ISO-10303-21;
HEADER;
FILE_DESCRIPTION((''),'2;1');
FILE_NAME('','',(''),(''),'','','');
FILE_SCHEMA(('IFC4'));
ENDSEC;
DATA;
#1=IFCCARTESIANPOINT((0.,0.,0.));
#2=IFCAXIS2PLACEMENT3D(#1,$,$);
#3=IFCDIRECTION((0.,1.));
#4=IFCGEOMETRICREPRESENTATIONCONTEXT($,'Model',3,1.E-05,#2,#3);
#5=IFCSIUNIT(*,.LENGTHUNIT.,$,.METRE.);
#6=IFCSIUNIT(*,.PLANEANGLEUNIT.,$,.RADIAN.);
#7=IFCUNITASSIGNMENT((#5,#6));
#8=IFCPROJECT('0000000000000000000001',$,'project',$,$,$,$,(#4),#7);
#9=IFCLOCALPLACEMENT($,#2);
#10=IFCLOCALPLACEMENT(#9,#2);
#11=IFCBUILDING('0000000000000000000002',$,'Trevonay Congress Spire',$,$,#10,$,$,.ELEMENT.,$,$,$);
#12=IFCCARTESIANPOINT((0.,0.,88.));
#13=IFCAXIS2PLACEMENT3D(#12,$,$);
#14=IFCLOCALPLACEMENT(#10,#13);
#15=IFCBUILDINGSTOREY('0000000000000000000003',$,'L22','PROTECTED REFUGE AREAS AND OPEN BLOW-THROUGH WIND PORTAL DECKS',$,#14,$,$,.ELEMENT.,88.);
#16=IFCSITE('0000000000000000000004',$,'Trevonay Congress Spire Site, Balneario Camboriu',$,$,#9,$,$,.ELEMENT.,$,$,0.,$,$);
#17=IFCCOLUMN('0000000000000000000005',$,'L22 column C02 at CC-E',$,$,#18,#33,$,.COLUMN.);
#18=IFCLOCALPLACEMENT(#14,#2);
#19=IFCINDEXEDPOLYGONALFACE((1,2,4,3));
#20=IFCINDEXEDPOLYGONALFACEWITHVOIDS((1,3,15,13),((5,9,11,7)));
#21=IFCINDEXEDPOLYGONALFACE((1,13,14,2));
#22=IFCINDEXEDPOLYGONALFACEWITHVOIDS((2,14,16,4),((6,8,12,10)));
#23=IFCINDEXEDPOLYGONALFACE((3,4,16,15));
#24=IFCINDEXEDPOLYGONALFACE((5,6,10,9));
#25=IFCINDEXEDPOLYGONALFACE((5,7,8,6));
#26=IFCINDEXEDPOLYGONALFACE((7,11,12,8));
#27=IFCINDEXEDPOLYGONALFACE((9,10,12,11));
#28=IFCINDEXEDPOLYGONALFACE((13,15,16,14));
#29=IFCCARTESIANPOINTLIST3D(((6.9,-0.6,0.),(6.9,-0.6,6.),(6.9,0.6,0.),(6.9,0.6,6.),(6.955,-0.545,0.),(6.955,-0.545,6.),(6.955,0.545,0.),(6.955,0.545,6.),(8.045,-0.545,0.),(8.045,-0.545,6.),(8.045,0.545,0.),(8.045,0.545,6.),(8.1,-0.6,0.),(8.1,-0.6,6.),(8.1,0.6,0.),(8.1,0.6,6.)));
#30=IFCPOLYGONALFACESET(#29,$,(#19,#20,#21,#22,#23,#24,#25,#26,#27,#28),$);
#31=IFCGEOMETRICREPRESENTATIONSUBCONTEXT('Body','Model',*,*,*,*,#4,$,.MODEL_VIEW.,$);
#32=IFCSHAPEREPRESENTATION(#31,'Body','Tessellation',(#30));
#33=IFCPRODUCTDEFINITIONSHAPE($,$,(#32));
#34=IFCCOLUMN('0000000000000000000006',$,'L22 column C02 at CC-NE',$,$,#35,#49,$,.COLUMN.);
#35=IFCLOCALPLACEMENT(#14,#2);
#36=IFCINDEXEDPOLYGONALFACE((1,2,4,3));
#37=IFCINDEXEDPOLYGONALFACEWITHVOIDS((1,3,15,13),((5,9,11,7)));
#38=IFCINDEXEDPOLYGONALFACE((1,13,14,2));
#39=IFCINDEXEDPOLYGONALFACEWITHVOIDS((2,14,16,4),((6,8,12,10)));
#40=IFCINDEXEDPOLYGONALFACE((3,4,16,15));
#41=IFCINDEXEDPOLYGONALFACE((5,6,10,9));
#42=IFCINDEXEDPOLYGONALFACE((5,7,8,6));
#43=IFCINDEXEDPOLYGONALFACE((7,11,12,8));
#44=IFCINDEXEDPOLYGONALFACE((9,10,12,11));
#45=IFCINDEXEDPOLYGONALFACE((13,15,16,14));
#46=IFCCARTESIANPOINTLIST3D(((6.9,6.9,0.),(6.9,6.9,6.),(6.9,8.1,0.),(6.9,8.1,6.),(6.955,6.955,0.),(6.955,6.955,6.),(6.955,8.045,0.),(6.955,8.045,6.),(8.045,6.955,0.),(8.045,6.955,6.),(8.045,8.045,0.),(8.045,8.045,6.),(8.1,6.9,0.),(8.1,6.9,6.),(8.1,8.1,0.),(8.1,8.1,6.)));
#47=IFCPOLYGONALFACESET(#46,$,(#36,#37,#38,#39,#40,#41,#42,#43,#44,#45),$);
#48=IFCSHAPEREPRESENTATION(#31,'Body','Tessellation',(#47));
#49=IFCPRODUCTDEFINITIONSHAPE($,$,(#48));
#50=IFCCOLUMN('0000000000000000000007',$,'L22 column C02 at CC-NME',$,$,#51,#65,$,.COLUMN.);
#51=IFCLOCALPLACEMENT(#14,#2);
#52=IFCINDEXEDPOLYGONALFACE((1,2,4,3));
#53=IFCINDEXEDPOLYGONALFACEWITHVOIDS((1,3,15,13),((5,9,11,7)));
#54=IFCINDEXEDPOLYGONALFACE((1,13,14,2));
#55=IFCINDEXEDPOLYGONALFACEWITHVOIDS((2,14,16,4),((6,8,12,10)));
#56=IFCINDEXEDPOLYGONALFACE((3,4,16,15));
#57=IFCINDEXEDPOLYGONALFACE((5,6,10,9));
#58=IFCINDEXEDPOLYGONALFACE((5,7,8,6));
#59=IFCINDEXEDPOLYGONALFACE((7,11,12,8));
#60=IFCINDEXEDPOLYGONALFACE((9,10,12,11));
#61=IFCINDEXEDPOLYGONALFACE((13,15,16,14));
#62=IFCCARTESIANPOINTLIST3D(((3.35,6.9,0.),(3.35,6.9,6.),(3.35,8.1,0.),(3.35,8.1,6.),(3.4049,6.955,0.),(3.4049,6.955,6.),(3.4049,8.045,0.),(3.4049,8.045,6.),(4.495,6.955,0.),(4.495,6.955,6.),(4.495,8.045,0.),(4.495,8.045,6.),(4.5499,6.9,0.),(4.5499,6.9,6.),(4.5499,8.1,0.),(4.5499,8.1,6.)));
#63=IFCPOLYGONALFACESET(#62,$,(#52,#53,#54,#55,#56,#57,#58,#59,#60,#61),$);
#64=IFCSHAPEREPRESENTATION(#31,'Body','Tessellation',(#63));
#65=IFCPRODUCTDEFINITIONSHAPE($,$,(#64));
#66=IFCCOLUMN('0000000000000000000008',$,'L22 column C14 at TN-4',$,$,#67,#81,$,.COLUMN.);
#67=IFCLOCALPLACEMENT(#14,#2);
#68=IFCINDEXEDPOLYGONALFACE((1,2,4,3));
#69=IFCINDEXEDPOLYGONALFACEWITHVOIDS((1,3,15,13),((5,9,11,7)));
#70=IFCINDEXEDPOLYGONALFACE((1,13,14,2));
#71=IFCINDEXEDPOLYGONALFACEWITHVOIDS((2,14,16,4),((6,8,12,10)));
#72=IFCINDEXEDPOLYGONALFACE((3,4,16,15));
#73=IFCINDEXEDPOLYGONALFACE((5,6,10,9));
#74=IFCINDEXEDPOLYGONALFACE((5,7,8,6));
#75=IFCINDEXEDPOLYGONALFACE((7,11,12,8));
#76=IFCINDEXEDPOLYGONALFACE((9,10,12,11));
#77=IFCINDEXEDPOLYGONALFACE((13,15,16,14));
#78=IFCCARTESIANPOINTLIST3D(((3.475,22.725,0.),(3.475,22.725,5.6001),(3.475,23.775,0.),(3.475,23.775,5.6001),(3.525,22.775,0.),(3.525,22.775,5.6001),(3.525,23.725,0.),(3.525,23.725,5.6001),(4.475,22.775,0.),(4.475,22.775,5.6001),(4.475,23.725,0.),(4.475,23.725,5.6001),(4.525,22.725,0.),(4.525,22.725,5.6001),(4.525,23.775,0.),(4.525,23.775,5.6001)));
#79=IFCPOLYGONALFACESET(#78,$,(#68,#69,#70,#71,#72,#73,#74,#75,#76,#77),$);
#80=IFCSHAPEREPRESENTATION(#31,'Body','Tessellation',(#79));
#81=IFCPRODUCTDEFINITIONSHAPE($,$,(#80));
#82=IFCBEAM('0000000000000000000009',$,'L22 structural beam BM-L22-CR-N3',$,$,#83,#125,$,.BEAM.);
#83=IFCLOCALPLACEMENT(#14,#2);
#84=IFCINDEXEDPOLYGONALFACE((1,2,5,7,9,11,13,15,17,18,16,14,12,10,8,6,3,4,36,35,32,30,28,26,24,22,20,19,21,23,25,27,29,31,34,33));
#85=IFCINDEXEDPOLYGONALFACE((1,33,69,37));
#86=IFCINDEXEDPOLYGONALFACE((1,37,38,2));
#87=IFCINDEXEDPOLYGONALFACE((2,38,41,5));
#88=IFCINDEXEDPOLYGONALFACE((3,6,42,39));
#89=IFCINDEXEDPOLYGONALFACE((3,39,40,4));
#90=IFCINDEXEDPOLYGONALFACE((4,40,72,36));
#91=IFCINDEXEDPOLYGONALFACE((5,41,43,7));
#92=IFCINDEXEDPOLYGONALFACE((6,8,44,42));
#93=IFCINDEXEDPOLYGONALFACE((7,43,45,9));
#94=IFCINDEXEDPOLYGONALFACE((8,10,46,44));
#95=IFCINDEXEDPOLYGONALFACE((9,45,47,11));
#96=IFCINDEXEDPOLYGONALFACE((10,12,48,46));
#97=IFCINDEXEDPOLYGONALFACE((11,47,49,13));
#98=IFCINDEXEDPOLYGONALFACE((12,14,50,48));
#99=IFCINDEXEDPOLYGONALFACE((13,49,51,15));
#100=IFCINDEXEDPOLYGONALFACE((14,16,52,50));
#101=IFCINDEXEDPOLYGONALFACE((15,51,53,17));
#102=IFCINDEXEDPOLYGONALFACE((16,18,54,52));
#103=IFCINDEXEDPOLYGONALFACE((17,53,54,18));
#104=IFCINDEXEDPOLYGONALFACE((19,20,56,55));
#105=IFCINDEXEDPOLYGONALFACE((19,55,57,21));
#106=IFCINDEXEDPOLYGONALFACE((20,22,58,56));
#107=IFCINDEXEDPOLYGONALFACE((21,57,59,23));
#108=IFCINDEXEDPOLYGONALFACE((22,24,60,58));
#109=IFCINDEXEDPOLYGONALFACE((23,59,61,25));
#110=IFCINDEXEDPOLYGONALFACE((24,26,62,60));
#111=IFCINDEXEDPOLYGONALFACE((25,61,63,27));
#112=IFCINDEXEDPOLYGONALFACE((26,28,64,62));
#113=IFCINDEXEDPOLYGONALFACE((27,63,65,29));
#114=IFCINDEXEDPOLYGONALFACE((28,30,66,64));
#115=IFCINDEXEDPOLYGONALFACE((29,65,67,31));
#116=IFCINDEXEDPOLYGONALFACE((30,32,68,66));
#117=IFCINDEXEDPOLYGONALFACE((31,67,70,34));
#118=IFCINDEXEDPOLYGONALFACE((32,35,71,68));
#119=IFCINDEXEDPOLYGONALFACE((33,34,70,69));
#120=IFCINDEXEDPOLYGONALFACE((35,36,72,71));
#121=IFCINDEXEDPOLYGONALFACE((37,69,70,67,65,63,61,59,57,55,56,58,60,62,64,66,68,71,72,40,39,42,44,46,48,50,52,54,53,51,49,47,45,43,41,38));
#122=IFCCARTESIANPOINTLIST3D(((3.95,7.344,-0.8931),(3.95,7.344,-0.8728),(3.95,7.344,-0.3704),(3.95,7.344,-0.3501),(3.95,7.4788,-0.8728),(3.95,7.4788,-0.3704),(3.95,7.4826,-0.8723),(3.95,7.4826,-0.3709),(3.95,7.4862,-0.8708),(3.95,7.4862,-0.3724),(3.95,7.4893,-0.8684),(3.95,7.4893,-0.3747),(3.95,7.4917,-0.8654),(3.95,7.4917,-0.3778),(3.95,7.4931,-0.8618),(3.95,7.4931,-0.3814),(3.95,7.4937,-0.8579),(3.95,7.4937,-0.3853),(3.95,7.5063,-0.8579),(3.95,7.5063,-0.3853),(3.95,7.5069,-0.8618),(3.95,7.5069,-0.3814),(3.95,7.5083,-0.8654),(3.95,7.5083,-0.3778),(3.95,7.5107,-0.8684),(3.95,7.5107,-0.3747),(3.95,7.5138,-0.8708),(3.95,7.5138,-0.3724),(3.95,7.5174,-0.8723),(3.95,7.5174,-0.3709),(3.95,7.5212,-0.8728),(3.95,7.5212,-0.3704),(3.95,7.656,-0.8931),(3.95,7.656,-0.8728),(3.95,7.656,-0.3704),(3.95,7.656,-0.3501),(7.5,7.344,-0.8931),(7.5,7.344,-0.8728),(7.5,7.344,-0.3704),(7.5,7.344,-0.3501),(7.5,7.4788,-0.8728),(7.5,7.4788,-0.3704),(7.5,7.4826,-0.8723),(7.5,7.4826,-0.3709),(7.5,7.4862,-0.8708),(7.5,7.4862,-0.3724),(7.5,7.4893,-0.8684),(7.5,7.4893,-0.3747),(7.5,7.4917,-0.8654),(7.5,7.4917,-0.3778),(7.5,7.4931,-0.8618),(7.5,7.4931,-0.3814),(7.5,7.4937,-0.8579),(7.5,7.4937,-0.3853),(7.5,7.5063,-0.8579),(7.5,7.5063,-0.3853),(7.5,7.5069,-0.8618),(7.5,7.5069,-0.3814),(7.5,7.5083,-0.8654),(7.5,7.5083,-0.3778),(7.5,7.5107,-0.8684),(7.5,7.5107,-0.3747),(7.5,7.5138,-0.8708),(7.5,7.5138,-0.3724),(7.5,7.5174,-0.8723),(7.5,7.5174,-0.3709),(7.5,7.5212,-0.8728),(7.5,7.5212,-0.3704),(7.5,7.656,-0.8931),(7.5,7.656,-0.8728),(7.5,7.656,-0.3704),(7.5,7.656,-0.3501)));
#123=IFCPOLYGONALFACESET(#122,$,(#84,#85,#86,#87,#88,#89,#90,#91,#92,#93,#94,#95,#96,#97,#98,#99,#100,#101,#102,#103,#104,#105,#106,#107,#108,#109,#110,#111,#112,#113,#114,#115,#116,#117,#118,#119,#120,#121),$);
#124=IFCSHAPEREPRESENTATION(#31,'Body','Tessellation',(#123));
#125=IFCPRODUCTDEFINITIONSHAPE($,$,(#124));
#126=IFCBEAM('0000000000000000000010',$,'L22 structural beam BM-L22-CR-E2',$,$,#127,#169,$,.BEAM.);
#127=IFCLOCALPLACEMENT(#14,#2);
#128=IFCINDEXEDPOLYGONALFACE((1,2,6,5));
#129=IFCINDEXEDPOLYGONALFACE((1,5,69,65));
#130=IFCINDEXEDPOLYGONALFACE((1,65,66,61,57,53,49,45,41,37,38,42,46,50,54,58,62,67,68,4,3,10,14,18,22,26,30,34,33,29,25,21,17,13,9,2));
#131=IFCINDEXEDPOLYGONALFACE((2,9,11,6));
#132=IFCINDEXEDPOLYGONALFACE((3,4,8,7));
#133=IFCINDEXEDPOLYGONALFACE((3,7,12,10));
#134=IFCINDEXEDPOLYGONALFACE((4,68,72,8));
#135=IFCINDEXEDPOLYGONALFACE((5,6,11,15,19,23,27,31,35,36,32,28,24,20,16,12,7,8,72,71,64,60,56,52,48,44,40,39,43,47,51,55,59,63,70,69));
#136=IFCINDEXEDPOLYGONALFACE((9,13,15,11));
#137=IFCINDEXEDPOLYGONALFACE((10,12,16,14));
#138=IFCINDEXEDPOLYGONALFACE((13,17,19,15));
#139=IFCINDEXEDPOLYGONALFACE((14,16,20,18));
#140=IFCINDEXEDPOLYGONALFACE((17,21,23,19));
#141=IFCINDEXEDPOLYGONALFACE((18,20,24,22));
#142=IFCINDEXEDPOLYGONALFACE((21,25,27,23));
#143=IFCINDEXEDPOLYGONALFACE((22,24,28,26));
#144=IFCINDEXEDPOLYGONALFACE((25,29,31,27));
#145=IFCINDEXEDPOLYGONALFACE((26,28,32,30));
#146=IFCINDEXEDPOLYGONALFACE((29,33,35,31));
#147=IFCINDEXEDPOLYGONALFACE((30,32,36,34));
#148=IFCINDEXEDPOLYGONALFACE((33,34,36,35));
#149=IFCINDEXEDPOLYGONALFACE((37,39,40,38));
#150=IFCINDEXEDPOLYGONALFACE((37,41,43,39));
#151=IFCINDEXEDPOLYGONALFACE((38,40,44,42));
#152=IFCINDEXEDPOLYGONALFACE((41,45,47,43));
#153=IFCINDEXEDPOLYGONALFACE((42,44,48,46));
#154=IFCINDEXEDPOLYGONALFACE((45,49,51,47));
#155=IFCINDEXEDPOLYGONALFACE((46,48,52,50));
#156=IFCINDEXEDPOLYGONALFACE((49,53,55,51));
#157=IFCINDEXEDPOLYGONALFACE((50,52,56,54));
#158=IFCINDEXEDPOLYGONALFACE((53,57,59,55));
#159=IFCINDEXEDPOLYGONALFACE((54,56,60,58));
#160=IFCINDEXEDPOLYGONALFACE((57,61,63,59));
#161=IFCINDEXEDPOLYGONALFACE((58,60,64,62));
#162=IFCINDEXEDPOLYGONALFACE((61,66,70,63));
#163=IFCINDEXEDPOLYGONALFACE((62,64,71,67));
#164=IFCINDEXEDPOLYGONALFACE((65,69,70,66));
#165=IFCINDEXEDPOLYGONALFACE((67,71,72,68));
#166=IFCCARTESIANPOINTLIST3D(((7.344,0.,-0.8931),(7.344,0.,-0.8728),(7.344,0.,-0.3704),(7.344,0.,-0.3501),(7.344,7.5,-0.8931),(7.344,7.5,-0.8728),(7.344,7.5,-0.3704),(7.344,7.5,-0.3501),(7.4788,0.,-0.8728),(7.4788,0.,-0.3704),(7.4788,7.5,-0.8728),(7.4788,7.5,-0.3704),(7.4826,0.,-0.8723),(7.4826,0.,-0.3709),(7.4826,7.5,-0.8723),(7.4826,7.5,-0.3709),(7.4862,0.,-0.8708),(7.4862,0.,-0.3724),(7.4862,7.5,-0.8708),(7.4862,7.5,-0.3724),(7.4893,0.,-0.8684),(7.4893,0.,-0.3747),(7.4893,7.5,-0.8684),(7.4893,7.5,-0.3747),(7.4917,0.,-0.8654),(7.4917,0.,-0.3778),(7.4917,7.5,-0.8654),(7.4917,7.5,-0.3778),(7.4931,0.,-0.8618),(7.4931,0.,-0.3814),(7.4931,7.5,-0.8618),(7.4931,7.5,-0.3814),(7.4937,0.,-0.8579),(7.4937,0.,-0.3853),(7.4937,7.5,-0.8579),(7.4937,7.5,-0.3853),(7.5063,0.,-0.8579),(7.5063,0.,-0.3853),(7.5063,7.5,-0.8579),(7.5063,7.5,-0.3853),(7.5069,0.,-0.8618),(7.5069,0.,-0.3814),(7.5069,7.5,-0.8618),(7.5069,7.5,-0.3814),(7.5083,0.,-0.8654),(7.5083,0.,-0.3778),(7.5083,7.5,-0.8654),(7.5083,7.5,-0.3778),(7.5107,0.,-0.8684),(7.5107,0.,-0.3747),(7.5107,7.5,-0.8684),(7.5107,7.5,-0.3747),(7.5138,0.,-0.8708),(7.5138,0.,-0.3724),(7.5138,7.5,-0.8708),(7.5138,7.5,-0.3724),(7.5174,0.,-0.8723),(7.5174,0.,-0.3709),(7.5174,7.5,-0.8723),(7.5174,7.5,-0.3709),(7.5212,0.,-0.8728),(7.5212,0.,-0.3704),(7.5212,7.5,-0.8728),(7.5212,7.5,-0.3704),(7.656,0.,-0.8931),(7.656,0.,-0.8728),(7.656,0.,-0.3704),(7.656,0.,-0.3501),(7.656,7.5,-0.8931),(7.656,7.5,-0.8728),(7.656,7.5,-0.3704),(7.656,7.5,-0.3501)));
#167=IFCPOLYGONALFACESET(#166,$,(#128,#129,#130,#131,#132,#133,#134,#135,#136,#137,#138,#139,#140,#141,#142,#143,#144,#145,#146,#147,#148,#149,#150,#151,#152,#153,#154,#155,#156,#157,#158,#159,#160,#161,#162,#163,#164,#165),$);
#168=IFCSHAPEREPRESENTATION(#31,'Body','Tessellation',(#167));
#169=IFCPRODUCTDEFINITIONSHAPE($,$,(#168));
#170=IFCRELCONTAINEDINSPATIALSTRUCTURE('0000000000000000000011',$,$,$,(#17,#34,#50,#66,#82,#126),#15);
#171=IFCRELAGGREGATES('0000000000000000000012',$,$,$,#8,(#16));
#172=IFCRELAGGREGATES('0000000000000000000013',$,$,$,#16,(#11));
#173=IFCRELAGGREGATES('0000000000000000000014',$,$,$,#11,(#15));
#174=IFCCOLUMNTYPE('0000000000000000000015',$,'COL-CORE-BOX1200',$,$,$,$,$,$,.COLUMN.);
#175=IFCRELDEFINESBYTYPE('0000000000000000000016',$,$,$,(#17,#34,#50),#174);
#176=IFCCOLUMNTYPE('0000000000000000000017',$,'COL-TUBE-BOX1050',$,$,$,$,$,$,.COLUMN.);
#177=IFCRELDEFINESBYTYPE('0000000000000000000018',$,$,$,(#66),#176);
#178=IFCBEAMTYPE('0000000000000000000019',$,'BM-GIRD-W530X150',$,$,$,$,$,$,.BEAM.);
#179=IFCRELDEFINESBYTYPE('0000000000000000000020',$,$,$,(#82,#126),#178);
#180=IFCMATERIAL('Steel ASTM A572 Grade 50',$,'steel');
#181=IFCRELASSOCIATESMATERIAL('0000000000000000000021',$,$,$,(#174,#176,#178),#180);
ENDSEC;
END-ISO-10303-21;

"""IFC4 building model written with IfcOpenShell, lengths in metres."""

from ifc_helpers import new_model, si_unit, direction, frame, origin, origin_2d, place, context, subcontext, project, spatial, hollow_rectangle, i_section, extrude, material, material_profile, profile_set, type_object, element, save


model = new_model("IFC4")

# Units and contexts
model_context = context("Model", 3, precision=1e-05, world=origin(), true_north=direction((0.0, 1.0)))
body_context = subcontext(model_context, "Body", "Model", "MODEL_VIEW")
ifc_project = project(units=[si_unit("LENGTHUNIT", "METRE"), si_unit("PLANEANGLEUNIT", "RADIAN")], contexts=[model_context])

# Site, building, storey
site_placement = place(None, origin())
site = spatial("IfcSite", under=ifc_project, at=site_placement, Name="Trevonay Congress Spire Site, Balneario Camboriu", CompositionType="ELEMENT", RefElevation=0.0)
building_placement = place(site_placement, origin())
building = spatial("IfcBuilding", under=site, at=building_placement, Name="Trevonay Congress Spire", CompositionType="ELEMENT")
storey_placement = place(building_placement, frame((0.0, 0.0, 88.0)))
storey = spatial("IfcBuildingStorey", under=building, at=storey_placement, Name="L22", Description="PROTECTED REFUGE AREAS AND OPEN BLOW-THROUGH WIND PORTAL DECKS", CompositionType="ELEMENT", Elevation=88.0)

# Columns
ifc_material_1 = material(Name="Steel ASTM A572 Grade 50", Category="steel")
ifc_material_profile_1 = material_profile(ifc_material_1, hollow_rectangle(XDim=1.2, YDim=1.2, WallThickness=0.0549, at=origin_2d()), Name="BOX 1200x1200x55")
ifc_profile_set_1 = profile_set([ifc_material_profile_1], Name="Steel ASTM A572 Grade 50")
column_type_1 = type_object("IfcColumnType", Name="COL-CORE-BOX1200", PredefinedType="COLUMN", material=ifc_profile_set_1)
for number, where, z_axis, x_axis, name in (
    (1, (7.5, 0.0, 0.0), (0.0, 0.0, 1.0), (1.0, 0.0, 0.0), "L22 column C02 at CC-E"),
    (2, (7.5, 7.5, 0.0), (0.0, 0.0, 1.0), (1.0, 0.0, 0.0), "L22 column C02 at CC-NE"),
    (3, (3.95, 7.5, 0.0), (0.0, 0.0, 1.0), (1.0, 0.0, 0.0), "L22 column C02 at CC-NME"),
):
    element("IfcColumn", number, at=place(storey_placement, frame(where, z_axis=z_axis, x_axis=x_axis)), inside=storey, type_object=column_type_1, Name=name, PredefinedType="COLUMN", context=body_context, shape_type="SweptSolid", body=[
        extrude(hollow_rectangle(XDim=1.2, YDim=1.2, WallThickness=0.0549, at=origin_2d()), origin(), (0.0, 0.0, 1.0), 6.0),
    ])
ifc_material_profile_2 = material_profile(ifc_material_1, hollow_rectangle(XDim=1.05, YDim=1.05, WallThickness=0.05, at=origin_2d()), Name="BOX 1050x1050x50")
ifc_profile_set_2 = profile_set([ifc_material_profile_2], Name="Steel ASTM A572 Grade 50")
column_type_2 = type_object("IfcColumnType", Name="COL-TUBE-BOX1050", PredefinedType="COLUMN", material=ifc_profile_set_2)
column_placement = place(storey_placement, frame((4.0, 23.25, 0.0), z_axis=(0.0, 0.0, 1.0), x_axis=(1.0, 0.0, 0.0)))
element("IfcColumn", 4, at=column_placement, inside=storey, type_object=column_type_2, Name="L22 column C14 at TN-4", PredefinedType="COLUMN", context=body_context, shape_type="SweptSolid", body=[
    extrude(hollow_rectangle(XDim=1.05, YDim=1.05, WallThickness=0.05, at=origin_2d()), origin(), (0.0, 0.0, 1.0), 5.6001),
])

# Beams
ifc_material_profile_3 = material_profile(ifc_material_1, i_section(OverallWidth=0.312, OverallDepth=0.543, WebThickness=0.0127, FlangeThickness=0.0203, FilletRadius=0.0149, at=origin_2d()), Name="W530x150")
ifc_profile_set_3 = profile_set([ifc_material_profile_3], Name="Steel ASTM A572 Grade 50")
beam_type_1 = type_object("IfcBeamType", Name="BM-GIRD-W530X150", PredefinedType="BEAM", material=ifc_profile_set_3)
beam_1_placement = place(storey_placement, frame((3.95, 7.5, -0.6216), z_axis=(1.0, 0.0, 0.0), x_axis=(0.0, 1.0, 0.0)))
element("IfcBeam", 5, at=beam_1_placement, inside=storey, type_object=beam_type_1, Name="L22 structural beam BM-L22-CR-N3", PredefinedType="BEAM", context=body_context, shape_type="SweptSolid", body=[
    extrude(i_section(OverallWidth=0.312, OverallDepth=0.543, WebThickness=0.0127, FlangeThickness=0.0203, FilletRadius=0.0149, at=origin_2d()), origin(), (0.0, 0.0, 1.0), 3.55),
])
beam_2_placement = place(storey_placement, frame((7.5, 0.0, -0.6216), z_axis=(0.0, 1.0, 0.0), x_axis=(-1.0, 0.0, 0.0)))
element("IfcBeam", 6, at=beam_2_placement, inside=storey, type_object=beam_type_1, Name="L22 structural beam BM-L22-CR-E2", PredefinedType="BEAM", context=body_context, shape_type="SweptSolid", body=[
    extrude(i_section(OverallWidth=0.312, OverallDepth=0.543, WebThickness=0.0127, FlangeThickness=0.0203, FilletRadius=0.0149, at=origin_2d()), origin(), (0.0, 0.0, 1.0), 7.5),
])

save(model, "model.ifc")
